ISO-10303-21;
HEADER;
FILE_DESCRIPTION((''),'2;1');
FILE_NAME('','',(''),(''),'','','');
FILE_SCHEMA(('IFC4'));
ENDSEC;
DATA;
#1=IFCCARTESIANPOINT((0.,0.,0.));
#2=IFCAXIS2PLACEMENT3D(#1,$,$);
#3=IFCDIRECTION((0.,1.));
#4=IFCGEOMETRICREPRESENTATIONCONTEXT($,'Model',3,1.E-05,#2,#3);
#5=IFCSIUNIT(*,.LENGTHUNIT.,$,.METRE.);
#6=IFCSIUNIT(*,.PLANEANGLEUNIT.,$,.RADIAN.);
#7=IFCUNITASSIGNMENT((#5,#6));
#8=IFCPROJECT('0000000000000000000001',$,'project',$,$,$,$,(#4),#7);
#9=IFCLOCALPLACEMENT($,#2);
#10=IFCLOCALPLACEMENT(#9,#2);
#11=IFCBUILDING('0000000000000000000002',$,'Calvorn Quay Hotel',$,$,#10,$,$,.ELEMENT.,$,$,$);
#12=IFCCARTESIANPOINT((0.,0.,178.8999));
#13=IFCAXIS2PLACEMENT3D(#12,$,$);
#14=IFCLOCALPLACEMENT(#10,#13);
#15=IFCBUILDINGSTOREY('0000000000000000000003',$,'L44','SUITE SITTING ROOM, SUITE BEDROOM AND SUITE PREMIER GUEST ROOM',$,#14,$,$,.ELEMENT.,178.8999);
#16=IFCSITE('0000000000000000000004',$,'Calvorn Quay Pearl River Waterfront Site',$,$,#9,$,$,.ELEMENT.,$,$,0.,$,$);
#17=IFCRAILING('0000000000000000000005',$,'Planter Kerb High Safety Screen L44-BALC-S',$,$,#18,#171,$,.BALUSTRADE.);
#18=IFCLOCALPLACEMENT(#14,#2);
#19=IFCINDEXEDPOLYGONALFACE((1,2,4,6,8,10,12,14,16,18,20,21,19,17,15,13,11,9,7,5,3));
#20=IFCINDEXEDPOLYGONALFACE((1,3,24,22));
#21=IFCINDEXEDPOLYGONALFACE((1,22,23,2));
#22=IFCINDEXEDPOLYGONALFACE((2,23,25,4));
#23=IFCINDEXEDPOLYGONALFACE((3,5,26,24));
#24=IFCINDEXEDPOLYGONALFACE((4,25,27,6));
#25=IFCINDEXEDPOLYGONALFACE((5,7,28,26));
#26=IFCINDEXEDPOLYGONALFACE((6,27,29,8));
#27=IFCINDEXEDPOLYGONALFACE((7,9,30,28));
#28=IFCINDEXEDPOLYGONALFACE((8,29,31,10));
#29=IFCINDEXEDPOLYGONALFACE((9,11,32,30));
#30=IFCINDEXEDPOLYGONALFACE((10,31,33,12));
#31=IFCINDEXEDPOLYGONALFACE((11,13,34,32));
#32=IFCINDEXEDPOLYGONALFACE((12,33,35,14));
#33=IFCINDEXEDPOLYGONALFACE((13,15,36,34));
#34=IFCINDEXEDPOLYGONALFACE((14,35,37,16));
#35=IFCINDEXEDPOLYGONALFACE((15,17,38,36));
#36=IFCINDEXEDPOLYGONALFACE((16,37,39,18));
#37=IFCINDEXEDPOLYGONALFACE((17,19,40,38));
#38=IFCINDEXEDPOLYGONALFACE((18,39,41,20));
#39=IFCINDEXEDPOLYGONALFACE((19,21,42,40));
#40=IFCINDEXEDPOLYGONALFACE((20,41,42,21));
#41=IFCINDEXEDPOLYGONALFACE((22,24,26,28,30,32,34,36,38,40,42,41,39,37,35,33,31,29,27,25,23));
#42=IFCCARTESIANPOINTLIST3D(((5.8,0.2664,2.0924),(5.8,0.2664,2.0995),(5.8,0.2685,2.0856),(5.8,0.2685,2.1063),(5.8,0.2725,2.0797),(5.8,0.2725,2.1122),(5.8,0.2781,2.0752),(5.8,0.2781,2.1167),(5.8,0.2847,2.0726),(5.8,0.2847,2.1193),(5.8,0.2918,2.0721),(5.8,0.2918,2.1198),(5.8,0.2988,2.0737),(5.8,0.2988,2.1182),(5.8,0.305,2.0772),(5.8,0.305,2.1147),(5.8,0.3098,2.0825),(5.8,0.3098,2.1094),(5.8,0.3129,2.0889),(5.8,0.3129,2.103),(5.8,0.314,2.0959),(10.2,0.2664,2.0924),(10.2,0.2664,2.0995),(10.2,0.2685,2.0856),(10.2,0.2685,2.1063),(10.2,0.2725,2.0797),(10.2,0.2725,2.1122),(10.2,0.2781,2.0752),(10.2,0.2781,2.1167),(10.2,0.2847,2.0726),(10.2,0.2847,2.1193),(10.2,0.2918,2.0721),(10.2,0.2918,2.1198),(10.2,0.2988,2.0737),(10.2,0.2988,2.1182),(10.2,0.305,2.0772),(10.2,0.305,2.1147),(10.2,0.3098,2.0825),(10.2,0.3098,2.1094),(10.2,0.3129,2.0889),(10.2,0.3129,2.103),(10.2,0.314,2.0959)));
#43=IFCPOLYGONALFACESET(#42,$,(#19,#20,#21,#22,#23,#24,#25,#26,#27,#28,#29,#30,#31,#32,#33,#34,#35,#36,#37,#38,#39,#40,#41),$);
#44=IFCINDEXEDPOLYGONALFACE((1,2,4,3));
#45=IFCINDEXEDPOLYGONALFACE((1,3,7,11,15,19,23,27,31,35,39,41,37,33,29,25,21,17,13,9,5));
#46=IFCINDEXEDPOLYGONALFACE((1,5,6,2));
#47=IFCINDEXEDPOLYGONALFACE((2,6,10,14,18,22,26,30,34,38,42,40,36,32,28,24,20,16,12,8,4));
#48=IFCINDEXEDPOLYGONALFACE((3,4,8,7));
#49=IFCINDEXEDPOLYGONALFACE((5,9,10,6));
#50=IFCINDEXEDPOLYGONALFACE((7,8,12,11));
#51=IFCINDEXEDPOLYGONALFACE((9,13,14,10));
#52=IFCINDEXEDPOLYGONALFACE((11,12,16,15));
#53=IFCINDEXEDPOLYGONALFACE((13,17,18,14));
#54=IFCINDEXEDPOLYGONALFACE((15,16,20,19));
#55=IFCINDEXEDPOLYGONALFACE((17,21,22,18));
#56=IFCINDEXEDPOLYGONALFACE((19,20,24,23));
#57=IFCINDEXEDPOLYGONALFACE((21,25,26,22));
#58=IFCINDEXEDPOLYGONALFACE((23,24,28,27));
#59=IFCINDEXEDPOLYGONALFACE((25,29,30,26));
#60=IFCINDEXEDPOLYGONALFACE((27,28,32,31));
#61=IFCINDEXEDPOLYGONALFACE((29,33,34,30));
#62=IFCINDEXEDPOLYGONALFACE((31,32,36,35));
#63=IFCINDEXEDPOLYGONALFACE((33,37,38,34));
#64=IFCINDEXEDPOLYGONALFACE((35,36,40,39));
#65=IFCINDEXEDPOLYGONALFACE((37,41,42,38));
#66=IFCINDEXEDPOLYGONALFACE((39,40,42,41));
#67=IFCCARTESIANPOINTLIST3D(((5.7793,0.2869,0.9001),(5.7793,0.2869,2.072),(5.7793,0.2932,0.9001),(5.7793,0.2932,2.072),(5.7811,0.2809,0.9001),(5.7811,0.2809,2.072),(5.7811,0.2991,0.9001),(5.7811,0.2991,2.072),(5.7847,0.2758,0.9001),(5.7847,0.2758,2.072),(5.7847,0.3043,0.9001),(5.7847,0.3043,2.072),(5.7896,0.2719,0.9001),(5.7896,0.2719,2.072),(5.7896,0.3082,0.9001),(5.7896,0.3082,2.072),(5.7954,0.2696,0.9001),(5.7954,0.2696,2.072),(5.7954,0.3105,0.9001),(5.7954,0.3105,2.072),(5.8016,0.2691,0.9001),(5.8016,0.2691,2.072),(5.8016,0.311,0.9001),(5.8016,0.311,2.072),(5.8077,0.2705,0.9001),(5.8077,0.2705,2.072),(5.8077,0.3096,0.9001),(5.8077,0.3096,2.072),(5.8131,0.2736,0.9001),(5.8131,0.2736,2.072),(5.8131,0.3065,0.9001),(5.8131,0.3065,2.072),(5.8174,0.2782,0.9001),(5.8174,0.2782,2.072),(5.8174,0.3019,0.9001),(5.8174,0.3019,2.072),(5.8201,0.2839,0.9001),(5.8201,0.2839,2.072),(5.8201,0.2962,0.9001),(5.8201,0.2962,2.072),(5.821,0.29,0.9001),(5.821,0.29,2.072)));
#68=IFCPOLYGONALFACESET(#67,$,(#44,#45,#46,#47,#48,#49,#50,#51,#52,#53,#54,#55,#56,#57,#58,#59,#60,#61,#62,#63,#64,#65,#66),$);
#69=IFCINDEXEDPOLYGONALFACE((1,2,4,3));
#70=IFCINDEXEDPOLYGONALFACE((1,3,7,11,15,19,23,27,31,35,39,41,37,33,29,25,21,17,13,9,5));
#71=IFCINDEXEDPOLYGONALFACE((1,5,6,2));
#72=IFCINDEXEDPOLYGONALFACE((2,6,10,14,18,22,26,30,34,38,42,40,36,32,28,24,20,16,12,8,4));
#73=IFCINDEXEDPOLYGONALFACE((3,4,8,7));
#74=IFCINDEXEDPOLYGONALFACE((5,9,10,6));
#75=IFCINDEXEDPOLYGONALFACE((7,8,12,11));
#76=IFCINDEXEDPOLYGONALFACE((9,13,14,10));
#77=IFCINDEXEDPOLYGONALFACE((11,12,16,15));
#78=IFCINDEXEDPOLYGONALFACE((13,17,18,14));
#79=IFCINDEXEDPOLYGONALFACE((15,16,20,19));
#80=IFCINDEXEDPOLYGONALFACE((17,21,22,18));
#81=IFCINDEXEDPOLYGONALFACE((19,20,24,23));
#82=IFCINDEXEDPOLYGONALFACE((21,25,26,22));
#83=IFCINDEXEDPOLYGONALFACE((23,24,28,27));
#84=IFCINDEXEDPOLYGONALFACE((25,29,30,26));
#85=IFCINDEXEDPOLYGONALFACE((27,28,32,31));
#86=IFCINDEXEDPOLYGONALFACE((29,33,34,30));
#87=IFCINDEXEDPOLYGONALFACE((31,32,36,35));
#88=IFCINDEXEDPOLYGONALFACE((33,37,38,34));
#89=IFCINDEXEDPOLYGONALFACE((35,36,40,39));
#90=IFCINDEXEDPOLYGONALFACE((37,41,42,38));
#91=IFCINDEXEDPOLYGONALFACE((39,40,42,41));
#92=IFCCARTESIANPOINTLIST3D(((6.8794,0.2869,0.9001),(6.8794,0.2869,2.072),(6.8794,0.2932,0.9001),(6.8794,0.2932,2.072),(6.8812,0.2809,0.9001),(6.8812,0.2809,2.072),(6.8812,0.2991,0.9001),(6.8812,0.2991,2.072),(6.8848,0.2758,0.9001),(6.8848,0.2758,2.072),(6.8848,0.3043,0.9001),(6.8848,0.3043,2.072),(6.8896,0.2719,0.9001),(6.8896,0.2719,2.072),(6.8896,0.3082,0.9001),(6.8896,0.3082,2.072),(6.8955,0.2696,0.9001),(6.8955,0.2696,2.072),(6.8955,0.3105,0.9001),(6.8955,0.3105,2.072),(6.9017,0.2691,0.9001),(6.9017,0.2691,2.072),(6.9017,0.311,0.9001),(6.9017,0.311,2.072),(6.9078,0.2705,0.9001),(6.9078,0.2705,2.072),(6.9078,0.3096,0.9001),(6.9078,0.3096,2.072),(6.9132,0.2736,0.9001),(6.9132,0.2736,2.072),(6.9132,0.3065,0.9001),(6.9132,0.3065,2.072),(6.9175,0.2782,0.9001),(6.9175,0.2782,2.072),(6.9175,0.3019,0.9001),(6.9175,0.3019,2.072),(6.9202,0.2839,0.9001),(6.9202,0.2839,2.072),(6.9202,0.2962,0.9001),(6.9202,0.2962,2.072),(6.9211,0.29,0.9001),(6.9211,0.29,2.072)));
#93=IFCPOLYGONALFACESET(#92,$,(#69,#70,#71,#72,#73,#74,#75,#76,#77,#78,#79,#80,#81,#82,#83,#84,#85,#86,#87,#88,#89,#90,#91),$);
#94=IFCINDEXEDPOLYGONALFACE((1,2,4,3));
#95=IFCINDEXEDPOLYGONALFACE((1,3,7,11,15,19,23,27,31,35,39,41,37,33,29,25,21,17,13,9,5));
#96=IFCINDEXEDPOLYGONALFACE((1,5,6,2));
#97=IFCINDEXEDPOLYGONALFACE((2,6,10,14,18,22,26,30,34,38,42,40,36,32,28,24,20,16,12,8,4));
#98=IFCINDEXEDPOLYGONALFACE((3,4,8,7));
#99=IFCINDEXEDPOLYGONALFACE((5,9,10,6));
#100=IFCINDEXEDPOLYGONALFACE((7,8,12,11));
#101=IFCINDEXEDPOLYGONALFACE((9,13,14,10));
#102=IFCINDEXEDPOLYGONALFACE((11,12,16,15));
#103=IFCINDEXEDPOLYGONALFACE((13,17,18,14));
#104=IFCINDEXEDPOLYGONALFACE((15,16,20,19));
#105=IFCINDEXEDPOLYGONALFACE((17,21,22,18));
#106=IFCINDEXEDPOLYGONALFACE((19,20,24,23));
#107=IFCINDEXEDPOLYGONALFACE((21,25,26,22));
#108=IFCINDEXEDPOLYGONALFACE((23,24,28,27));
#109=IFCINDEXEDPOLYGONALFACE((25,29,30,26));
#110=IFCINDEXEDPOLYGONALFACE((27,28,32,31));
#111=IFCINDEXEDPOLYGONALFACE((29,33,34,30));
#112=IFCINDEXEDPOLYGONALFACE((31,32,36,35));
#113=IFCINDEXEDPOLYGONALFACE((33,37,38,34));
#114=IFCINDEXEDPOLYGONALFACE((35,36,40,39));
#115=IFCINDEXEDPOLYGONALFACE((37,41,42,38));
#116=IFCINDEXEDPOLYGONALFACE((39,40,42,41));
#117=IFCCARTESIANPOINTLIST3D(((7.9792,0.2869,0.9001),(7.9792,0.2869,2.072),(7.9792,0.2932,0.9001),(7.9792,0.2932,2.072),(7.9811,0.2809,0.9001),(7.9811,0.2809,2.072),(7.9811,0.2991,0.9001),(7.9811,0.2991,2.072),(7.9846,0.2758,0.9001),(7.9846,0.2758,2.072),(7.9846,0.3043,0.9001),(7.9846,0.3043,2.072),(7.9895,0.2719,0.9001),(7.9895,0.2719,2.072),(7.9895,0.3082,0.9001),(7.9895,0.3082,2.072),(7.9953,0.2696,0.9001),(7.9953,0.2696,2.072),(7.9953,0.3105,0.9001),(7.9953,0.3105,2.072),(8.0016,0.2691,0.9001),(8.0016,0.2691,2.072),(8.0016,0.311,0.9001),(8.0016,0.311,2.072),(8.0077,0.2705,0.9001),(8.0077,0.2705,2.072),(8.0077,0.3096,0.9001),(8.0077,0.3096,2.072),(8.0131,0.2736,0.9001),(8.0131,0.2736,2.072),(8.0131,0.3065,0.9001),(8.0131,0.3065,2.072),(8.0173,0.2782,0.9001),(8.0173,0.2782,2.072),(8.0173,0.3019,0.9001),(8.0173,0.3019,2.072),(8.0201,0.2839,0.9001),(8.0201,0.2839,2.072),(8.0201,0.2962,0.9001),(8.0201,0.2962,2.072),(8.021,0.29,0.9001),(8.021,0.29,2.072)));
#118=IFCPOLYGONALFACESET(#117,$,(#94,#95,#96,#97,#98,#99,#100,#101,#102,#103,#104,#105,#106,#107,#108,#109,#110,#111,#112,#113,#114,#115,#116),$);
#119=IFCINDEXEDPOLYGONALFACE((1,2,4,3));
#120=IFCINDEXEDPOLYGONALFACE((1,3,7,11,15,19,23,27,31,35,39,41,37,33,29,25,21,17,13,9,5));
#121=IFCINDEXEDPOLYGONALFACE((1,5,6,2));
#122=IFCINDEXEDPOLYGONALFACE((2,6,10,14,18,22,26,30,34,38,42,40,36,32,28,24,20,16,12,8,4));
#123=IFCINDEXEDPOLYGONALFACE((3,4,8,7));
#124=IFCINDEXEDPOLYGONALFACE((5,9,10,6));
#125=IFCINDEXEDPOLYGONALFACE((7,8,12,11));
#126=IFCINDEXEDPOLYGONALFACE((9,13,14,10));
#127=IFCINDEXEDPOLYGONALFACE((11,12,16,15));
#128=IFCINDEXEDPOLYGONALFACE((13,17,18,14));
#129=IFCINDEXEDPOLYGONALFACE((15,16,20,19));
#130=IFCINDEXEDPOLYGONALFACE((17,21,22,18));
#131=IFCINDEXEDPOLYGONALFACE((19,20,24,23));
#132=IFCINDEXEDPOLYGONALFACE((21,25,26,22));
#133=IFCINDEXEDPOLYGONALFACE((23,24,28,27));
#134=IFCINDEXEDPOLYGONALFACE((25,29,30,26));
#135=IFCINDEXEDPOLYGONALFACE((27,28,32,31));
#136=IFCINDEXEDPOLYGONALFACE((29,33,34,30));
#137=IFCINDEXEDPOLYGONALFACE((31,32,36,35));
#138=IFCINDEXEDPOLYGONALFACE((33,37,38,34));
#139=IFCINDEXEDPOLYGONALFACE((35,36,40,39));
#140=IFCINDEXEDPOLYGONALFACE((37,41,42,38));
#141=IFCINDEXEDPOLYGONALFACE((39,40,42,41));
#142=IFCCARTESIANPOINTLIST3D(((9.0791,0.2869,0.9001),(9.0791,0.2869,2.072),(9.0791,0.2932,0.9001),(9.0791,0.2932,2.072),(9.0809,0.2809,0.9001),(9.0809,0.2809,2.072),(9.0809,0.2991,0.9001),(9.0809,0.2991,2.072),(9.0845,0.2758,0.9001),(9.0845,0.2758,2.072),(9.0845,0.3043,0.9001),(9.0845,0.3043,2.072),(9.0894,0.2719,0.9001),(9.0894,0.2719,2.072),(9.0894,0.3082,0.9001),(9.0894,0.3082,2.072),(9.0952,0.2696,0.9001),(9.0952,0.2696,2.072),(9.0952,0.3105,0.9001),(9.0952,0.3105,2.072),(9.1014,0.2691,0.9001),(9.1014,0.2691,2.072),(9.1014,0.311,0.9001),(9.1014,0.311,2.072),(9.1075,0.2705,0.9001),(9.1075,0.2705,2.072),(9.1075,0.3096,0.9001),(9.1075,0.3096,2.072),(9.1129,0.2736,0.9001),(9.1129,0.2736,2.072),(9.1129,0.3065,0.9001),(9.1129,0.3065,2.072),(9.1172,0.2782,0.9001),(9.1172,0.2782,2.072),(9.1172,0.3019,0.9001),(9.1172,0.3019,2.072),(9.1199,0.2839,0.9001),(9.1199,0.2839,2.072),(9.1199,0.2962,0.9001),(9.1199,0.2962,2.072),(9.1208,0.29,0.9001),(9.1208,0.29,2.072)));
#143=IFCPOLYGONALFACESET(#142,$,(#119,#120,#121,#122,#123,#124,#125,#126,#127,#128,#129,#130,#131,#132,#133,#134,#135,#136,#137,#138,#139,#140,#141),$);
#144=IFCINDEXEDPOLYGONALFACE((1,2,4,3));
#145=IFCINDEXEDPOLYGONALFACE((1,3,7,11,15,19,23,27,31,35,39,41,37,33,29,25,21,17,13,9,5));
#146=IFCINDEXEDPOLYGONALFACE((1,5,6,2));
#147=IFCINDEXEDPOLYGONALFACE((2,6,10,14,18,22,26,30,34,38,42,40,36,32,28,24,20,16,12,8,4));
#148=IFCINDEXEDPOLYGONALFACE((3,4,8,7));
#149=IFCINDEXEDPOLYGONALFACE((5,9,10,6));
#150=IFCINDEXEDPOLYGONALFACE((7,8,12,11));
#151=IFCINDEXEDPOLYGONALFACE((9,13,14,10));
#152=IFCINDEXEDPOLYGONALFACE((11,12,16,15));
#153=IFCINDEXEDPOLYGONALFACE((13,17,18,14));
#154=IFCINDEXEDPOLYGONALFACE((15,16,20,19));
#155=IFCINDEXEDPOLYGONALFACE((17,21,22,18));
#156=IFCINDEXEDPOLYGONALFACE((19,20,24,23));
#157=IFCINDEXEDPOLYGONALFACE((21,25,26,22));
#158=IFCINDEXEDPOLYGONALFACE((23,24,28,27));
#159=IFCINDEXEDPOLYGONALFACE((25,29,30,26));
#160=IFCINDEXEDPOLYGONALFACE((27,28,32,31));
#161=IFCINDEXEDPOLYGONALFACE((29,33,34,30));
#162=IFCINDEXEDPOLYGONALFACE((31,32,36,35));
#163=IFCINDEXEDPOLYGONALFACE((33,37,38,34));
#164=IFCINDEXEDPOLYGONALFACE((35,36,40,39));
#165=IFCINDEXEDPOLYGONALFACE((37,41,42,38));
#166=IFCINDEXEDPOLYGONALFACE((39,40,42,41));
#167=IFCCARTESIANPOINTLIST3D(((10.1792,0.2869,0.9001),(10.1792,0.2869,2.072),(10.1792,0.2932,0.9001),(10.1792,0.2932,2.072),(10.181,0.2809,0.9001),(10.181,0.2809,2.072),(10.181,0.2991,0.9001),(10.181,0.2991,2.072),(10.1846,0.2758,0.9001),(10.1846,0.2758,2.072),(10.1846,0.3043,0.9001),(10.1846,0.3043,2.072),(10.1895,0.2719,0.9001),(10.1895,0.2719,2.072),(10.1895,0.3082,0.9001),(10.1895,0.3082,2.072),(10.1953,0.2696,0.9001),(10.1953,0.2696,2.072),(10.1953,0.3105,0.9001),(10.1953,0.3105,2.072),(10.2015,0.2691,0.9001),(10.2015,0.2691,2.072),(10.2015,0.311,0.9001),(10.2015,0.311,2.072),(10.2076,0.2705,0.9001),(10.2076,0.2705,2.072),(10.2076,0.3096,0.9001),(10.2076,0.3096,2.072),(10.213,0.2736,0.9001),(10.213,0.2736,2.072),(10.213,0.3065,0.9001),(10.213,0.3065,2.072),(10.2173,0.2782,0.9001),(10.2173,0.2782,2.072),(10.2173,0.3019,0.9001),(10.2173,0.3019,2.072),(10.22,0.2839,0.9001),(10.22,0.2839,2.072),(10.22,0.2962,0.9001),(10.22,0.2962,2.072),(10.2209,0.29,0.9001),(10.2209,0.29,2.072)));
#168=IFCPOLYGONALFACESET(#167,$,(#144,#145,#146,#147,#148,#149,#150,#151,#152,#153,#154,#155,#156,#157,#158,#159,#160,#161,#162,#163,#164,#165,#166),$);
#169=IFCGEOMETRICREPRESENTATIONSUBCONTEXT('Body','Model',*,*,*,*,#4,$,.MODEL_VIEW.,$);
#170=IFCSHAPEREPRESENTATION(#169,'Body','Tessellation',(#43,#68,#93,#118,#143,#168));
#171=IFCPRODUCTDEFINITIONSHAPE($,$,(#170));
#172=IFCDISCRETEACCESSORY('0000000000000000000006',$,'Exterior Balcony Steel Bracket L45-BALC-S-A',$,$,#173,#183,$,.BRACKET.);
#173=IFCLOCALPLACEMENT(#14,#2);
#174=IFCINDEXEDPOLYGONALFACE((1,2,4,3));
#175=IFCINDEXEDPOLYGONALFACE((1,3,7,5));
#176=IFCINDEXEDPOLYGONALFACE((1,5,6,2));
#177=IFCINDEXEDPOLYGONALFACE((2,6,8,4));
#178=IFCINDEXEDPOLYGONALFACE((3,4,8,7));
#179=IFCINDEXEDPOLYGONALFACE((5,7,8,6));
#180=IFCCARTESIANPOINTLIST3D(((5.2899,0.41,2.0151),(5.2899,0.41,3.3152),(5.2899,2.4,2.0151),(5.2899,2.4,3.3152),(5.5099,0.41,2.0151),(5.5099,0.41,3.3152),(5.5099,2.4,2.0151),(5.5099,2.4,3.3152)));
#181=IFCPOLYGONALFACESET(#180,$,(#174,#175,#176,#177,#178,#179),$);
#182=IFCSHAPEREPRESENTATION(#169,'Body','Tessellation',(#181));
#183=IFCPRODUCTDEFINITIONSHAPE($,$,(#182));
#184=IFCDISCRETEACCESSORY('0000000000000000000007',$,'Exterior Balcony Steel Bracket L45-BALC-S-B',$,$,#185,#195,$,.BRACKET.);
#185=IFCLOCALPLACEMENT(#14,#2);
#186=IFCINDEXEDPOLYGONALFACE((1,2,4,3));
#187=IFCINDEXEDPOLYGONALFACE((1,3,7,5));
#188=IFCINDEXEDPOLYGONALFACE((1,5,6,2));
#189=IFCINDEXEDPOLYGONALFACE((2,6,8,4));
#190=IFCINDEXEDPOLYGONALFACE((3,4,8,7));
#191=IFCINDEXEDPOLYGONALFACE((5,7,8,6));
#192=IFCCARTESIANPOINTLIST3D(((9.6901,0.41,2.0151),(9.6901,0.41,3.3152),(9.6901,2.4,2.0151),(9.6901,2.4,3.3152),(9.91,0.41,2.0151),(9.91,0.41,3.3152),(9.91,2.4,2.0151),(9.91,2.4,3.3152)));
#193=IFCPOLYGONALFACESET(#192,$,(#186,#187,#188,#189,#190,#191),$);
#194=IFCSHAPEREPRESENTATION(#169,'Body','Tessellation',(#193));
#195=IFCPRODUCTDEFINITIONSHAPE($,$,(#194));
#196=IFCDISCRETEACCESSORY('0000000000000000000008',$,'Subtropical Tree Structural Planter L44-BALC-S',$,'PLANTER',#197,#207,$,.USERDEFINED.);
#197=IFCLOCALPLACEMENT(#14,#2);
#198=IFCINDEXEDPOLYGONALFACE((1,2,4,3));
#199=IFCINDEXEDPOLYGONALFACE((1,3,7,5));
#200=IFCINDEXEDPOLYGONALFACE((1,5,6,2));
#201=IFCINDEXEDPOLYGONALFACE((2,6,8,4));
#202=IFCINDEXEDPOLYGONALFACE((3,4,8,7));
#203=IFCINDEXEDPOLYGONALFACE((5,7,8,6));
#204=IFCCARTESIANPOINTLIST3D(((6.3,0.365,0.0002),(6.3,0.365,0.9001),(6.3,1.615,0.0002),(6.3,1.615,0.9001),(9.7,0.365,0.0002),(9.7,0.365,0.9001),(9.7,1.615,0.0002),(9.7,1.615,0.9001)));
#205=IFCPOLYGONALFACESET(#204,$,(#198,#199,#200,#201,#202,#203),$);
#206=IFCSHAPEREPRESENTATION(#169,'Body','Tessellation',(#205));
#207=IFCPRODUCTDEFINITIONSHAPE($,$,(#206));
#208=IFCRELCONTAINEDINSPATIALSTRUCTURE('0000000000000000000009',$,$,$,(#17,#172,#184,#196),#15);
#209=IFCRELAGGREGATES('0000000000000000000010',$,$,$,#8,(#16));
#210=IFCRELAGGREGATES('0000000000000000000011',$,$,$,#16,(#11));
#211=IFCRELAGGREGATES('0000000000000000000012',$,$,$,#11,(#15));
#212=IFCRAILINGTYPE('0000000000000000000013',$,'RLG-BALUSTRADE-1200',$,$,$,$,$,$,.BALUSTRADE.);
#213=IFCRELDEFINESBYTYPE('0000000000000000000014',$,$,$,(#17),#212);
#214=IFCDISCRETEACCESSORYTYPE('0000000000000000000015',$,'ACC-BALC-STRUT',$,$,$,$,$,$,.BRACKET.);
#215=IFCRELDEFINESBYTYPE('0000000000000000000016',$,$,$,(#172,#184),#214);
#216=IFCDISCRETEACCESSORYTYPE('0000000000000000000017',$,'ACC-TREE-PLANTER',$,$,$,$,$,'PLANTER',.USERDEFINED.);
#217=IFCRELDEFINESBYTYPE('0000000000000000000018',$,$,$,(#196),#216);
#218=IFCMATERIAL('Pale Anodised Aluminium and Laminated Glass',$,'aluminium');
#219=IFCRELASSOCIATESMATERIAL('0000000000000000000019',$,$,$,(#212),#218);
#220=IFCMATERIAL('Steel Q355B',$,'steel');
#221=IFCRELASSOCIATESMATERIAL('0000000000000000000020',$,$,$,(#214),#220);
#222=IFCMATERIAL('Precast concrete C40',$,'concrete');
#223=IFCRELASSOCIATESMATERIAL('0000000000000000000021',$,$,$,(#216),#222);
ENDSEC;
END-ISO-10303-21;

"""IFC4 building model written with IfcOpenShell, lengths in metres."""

from ifc_helpers import new_model, si_unit, direction, frame, origin, origin_2d, place, context, subcontext, project, spatial, rectangle, circle, extrude, material, type_object, element, save


model = new_model("IFC4")

# Units and contexts
model_context = context("Model", 3, precision=1e-05, world=origin(), true_north=direction((0.0, 1.0)))
body_context = subcontext(model_context, "Body", "Model", "MODEL_VIEW")
ifc_project = project(units=[si_unit("LENGTHUNIT", "METRE"), si_unit("PLANEANGLEUNIT", "RADIAN")], contexts=[model_context])

# Site, building, storey
site_placement = place(None, origin())
site = spatial("IfcSite", under=ifc_project, at=site_placement, Name="Calvorn Quay Pearl River Waterfront Site", CompositionType="ELEMENT", RefElevation=0.0)
building_placement = place(site_placement, origin())
building = spatial("IfcBuilding", under=site, at=building_placement, Name="Calvorn Quay Hotel", CompositionType="ELEMENT")
storey_placement = place(building_placement, frame((0.0, 0.0, 178.8999)))
storey = spatial("IfcBuildingStorey", under=building, at=storey_placement, Name="L44", Description="SUITE SITTING ROOM, SUITE BEDROOM AND SUITE PREMIER GUEST ROOM", CompositionType="ELEMENT", Elevation=178.8999)

# Railing
ifc_material_1 = material(Name="Pale Anodised Aluminium and Laminated Glass", Category="aluminium")
railing_type = type_object("IfcRailingType", Name="RLG-BALUSTRADE-1200", PredefinedType="BALUSTRADE", material=ifc_material_1)
railing_1_placement = place(storey_placement, frame((5.8, 0.29, 0.9001)))
element("IfcRailing", 1, at=railing_1_placement, inside=storey, type_object=railing_type, Name="Planter Kerb High Safety Screen L44-BALC-S", PredefinedType="BALUSTRADE", context=body_context, shape_type="SweptSolid", body=[
    extrude(circle(Radius=0.0239, at=origin_2d()), frame((0.0, 0.0, 1.1958), z_axis=(1.0, 0.0, 0.0), x_axis=(0.0, 1.0, 0.0)), (0.0, 0.0, 1.0), 4.3999),
    extrude(circle(Radius=0.021, at=origin_2d()), origin(), (0.0, 0.0, 1.0), 1.1719),
    extrude(circle(Radius=0.021, at=origin_2d()), frame((1.1001, 0.0, 0.0)), (0.0, 0.0, 1.0), 1.1719),
    extrude(circle(Radius=0.021, at=origin_2d()), frame((2.2, 0.0, 0.0)), (0.0, 0.0, 1.0), 1.1719),
    extrude(circle(Radius=0.021, at=origin_2d()), frame((3.2998, 0.0, 0.0)), (0.0, 0.0, 1.0), 1.1719),
    extrude(circle(Radius=0.021, at=origin_2d()), frame((4.3999, 0.0, 0.0)), (0.0, 0.0, 1.0), 1.1719),
])

# Discrete accessories
ifc_material_2 = material(Name="Steel Q355B", Category="steel")
discrete_accessory_type_1 = type_object("IfcDiscreteAccessoryType", Name="ACC-BALC-STRUT", PredefinedType="BRACKET", material=ifc_material_2)
for number, where, z_axis, x_axis, name in (
    (2, (5.3999, 1.405, 2.0151), (0.0, 0.0, 1.0), (1.0, 0.0, 0.0), "Exterior Balcony Steel Bracket L45-BALC-S-A"),
    (3, (9.8, 1.405, 2.0151), (0.0, 0.0, 1.0), (1.0, 0.0, 0.0), "Exterior Balcony Steel Bracket L45-BALC-S-B"),
):
    element("IfcDiscreteAccessory", number, at=place(storey_placement, frame(where, z_axis=z_axis, x_axis=x_axis)), inside=storey, type_object=discrete_accessory_type_1, Name=name, PredefinedType="BRACKET", context=body_context, shape_type="SweptSolid", body=[
        extrude(rectangle(XDim=0.22, YDim=1.99, at=origin_2d()), origin(), (0.0, 0.0, 1.0), 1.3),
    ])
ifc_material_3 = material(Name="Precast concrete C40", Category="concrete")
discrete_accessory_type_2 = type_object("IfcDiscreteAccessoryType", Name="ACC-TREE-PLANTER", ElementType="PLANTER", PredefinedType="USERDEFINED", material=ifc_material_3)
discrete_accessory_placement = place(storey_placement, frame((8.0, 0.99, 0.0002), z_axis=(0.0, 0.0, 1.0), x_axis=(1.0, 0.0, 0.0)))
element("IfcDiscreteAccessory", 4, at=discrete_accessory_placement, inside=storey, type_object=discrete_accessory_type_2, Name="Subtropical Tree Structural Planter L44-BALC-S", ObjectType="PLANTER", PredefinedType="USERDEFINED", context=body_context, shape_type="SweptSolid", body=[
    extrude(rectangle(XDim=3.3999, YDim=1.25, at=origin_2d()), origin(), (0.0, 0.0, 1.0), 0.8999),
])

save(model, "model.ifc")
